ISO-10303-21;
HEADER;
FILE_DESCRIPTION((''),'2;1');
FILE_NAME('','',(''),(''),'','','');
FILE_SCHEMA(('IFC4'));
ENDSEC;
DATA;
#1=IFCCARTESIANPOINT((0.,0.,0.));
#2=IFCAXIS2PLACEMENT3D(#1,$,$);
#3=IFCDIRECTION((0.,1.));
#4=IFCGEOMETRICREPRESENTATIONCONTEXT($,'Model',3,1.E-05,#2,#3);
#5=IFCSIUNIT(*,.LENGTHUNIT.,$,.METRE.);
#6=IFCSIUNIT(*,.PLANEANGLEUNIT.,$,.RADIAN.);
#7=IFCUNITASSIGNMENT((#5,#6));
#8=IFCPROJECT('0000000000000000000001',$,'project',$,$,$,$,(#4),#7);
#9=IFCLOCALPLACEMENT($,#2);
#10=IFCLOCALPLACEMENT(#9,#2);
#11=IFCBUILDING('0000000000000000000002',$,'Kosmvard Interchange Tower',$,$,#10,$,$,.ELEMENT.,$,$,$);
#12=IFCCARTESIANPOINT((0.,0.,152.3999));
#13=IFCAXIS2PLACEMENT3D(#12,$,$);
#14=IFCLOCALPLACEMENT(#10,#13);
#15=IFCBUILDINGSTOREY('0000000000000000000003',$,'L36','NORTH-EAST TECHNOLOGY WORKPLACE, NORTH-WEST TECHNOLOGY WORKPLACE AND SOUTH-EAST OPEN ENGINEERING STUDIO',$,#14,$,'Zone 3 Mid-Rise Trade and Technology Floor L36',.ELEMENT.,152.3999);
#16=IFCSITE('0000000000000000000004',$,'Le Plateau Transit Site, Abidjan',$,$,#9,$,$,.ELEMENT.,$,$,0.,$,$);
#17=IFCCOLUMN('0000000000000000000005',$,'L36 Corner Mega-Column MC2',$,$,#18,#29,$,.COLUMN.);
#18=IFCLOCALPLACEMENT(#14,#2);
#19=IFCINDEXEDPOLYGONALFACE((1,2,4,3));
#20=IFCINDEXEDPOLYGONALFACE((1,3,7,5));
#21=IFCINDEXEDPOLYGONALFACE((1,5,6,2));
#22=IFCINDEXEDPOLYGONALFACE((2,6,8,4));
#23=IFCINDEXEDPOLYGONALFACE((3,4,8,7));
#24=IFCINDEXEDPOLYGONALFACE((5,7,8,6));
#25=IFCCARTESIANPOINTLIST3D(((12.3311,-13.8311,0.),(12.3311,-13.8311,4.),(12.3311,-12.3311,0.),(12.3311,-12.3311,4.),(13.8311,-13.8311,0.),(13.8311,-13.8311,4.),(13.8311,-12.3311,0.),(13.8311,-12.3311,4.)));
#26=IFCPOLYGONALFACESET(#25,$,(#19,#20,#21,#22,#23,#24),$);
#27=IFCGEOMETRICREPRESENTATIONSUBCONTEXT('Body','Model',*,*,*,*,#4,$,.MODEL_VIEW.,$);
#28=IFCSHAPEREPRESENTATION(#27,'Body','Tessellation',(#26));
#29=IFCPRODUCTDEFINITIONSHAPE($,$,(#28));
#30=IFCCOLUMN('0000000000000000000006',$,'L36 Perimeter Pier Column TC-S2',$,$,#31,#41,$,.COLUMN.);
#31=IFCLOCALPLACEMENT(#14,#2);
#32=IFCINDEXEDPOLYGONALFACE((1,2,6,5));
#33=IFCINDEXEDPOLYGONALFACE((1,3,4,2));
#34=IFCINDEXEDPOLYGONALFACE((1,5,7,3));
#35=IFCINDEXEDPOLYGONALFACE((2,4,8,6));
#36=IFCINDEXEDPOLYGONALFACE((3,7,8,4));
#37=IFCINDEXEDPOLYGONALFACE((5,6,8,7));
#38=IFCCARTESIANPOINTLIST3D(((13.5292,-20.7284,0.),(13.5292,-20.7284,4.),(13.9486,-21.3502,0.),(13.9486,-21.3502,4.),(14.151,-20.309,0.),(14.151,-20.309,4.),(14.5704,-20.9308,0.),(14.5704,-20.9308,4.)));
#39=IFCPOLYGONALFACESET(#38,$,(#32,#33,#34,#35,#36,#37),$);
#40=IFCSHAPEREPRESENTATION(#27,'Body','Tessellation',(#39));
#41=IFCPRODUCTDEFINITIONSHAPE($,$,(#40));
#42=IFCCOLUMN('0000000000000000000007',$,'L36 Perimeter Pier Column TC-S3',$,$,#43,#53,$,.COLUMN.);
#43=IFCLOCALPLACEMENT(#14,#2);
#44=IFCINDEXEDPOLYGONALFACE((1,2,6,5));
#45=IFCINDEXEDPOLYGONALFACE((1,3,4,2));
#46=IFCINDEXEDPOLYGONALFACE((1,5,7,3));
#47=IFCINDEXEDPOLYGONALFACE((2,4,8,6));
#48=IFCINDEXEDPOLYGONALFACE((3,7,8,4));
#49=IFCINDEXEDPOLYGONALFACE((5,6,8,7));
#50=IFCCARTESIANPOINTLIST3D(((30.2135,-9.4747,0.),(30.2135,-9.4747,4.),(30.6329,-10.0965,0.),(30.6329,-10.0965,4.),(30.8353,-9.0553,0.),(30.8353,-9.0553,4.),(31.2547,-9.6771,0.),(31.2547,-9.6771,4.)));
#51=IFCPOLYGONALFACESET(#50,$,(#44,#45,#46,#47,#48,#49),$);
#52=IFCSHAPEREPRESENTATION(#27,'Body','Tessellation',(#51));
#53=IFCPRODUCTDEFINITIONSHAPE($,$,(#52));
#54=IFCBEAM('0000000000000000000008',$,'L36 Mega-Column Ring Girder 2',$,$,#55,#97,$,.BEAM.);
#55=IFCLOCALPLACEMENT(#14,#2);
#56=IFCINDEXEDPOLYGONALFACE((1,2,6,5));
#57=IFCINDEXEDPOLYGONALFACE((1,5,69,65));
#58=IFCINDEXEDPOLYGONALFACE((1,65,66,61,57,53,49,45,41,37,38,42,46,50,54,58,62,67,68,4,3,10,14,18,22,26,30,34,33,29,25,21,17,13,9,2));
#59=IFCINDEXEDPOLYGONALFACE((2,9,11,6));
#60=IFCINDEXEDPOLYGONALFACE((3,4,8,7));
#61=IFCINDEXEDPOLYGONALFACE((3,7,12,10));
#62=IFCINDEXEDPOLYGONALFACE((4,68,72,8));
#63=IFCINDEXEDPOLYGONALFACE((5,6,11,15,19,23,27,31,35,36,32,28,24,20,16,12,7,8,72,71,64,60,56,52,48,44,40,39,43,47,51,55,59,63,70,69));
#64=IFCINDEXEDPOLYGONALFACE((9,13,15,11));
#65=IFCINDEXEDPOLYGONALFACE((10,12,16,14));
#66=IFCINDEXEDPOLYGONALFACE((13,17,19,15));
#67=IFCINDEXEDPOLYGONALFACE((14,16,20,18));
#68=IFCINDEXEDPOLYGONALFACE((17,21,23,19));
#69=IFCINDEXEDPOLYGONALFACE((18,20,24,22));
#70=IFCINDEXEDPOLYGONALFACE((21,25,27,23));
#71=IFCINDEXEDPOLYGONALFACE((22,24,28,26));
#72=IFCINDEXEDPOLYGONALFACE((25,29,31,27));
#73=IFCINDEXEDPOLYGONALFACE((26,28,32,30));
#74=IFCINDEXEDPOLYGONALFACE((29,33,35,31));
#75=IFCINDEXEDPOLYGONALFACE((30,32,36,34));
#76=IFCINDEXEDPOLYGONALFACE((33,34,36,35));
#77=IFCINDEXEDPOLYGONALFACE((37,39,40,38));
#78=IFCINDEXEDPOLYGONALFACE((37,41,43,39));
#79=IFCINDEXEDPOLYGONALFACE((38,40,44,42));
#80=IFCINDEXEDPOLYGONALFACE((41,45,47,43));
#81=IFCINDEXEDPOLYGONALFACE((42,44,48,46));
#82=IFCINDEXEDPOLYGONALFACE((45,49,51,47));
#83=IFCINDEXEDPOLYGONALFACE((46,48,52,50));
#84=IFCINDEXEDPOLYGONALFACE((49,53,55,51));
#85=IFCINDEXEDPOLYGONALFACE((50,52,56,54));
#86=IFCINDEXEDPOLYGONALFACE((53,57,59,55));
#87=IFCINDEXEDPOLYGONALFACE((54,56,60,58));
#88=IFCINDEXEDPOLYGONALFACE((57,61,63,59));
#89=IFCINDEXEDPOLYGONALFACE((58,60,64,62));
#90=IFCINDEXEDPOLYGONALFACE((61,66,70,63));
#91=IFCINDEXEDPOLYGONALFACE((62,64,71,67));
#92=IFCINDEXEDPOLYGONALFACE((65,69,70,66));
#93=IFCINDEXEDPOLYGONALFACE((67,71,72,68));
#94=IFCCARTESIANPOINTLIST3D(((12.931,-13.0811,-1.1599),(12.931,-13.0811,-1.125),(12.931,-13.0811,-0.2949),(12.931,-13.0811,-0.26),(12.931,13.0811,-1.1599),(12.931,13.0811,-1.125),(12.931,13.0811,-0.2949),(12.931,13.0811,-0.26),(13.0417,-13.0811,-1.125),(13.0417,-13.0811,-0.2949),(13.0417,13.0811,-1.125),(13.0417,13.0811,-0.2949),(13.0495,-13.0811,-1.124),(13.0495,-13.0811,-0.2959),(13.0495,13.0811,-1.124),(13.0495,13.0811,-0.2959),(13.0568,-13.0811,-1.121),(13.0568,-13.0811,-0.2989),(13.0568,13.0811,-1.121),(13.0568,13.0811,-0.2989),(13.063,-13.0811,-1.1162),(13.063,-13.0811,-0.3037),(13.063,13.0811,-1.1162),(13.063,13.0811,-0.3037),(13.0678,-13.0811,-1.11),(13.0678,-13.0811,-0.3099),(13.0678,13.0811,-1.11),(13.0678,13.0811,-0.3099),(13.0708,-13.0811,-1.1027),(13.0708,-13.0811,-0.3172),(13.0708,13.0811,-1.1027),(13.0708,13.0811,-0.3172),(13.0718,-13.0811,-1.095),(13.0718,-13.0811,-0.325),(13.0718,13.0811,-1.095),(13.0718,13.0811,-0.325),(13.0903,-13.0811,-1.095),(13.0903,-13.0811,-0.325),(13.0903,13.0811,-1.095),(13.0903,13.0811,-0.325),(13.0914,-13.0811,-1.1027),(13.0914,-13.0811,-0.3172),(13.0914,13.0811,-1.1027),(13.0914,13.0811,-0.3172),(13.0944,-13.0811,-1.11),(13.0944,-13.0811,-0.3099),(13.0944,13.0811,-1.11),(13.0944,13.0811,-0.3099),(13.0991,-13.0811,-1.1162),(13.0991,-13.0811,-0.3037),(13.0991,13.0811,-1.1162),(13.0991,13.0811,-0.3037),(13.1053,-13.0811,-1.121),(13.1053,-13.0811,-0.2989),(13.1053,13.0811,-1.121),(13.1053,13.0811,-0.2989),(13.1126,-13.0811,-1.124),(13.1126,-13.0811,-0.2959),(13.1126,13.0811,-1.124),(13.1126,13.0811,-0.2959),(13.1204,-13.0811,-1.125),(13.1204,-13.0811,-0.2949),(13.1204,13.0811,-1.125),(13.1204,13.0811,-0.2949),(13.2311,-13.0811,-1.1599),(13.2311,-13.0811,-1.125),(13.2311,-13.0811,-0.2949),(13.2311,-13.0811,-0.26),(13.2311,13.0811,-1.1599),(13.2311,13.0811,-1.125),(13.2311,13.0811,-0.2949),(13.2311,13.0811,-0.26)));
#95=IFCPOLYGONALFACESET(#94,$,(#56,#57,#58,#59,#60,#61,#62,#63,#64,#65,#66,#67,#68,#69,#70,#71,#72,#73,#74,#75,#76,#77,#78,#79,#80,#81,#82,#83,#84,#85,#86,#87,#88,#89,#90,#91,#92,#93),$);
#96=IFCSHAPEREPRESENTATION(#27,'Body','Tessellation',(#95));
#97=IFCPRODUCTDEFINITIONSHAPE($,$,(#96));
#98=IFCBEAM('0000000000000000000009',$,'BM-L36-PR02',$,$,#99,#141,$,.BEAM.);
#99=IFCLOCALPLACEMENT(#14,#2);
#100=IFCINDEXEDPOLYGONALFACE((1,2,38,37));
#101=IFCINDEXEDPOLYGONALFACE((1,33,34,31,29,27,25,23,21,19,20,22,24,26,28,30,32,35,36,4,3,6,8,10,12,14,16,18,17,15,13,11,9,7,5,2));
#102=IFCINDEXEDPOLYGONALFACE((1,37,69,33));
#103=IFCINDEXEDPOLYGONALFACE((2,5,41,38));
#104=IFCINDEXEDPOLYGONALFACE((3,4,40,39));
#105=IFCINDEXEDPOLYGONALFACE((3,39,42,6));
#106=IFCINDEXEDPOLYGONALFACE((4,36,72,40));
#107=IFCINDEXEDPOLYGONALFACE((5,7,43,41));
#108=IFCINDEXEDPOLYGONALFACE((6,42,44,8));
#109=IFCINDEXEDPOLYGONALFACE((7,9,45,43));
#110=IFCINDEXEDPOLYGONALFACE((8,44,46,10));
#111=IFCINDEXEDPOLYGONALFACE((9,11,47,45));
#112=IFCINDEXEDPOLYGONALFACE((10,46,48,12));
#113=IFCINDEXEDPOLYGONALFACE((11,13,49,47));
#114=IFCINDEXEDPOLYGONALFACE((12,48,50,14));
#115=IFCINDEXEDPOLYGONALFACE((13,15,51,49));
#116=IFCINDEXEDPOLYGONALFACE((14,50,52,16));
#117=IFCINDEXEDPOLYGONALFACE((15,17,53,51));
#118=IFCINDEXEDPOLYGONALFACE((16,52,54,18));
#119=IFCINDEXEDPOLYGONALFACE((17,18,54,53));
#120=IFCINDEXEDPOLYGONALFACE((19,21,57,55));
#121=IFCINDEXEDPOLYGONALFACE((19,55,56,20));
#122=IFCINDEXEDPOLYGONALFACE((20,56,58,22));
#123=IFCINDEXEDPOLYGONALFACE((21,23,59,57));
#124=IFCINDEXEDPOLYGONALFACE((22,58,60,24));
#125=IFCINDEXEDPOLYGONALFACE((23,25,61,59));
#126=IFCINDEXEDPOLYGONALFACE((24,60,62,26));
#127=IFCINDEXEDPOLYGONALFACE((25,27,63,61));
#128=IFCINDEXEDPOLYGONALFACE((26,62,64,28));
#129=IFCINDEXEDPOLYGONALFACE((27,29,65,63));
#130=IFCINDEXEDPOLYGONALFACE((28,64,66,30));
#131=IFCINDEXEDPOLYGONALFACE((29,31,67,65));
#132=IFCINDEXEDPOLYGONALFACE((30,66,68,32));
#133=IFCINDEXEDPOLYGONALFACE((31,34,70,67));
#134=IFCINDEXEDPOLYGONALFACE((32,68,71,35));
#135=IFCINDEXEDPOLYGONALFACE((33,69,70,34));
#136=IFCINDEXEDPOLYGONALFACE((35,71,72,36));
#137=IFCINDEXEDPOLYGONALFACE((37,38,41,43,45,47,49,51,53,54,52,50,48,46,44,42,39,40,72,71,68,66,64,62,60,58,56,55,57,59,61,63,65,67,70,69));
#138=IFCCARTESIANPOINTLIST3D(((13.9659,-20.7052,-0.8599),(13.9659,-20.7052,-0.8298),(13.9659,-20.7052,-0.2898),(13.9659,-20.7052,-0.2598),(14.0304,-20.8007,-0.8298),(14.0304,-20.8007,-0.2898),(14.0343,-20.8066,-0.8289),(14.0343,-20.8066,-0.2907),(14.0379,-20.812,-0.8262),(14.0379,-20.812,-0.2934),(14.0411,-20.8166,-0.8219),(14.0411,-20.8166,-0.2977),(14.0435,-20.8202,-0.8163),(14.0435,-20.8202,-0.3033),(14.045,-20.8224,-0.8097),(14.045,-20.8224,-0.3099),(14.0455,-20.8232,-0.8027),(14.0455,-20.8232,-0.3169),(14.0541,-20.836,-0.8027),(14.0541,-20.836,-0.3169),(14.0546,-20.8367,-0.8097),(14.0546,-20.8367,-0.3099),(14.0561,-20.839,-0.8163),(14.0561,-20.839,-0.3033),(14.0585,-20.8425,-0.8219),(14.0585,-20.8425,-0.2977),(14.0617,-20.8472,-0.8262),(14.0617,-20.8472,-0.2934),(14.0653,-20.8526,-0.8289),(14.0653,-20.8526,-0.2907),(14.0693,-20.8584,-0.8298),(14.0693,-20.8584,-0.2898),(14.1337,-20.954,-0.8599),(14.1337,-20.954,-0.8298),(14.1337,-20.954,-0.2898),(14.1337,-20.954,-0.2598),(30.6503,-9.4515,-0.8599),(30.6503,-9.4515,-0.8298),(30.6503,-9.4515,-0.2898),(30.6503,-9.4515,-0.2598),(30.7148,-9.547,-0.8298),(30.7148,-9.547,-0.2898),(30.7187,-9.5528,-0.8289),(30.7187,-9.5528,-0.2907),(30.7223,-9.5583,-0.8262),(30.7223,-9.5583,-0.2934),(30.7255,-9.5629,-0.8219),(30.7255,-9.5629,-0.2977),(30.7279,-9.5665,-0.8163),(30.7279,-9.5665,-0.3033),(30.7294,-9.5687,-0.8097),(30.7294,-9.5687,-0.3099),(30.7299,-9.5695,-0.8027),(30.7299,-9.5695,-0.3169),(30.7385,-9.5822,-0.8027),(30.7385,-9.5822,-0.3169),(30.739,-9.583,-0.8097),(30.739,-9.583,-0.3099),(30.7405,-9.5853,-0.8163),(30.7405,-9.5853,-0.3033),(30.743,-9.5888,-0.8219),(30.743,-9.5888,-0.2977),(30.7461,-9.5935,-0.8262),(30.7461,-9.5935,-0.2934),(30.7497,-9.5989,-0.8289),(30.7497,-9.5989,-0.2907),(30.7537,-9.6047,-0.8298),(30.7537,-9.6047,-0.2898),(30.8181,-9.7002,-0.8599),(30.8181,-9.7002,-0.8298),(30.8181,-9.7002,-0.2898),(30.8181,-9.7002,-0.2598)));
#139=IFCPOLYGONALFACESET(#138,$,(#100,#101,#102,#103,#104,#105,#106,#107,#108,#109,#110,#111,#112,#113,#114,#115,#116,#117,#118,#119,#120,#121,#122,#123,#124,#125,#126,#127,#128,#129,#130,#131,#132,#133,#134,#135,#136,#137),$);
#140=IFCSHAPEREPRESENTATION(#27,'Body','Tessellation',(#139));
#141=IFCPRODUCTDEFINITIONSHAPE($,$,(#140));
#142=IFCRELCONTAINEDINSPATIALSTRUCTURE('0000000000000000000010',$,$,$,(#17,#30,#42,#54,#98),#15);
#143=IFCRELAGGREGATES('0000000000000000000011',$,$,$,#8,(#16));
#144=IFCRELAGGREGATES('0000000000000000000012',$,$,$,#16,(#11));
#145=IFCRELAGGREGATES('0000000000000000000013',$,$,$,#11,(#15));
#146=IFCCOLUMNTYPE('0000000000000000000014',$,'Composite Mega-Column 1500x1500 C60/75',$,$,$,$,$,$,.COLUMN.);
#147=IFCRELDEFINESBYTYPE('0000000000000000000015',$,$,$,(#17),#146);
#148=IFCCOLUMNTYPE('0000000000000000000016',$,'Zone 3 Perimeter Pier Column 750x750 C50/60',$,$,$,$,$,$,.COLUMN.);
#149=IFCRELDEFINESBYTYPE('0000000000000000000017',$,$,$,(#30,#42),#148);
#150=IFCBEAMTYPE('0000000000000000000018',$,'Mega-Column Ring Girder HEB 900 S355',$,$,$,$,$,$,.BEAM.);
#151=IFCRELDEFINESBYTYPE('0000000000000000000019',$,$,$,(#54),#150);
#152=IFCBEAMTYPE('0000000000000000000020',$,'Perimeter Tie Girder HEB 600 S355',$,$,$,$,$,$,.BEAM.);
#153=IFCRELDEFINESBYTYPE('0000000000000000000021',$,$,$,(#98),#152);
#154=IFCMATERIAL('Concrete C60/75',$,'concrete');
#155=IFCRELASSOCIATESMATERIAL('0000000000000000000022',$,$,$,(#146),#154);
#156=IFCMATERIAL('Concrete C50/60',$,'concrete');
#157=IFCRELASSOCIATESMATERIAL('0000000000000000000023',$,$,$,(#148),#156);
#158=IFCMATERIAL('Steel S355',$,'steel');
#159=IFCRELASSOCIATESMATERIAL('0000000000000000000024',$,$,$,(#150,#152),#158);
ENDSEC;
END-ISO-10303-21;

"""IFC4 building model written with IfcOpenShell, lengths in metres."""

from ifc_helpers import new_model, si_unit, direction, frame, origin, origin_2d, place, context, subcontext, project, spatial, rectangle, i_section, extrude, source, transform, mapped, material, material_profile, profile_set, type_object, element, save


model = new_model("IFC4")

# Units and contexts
model_context = context("Model", 3, precision=1e-05, world=origin(), true_north=direction((0.0, 1.0)))
body_context = subcontext(model_context, "Body", "Model", "MODEL_VIEW")
ifc_project = project(units=[si_unit("LENGTHUNIT", "METRE"), si_unit("PLANEANGLEUNIT", "RADIAN")], contexts=[model_context])

# Site, building, storey
site_placement = place(None, origin())
site = spatial("IfcSite", under=ifc_project, at=site_placement, Name="Le Plateau Transit Site, Abidjan", CompositionType="ELEMENT", RefElevation=0.0)
building_placement = place(site_placement, origin())
building = spatial("IfcBuilding", under=site, at=building_placement, Name="Kosmvard Interchange Tower", CompositionType="ELEMENT")
storey_placement = place(building_placement, frame((0.0, 0.0, 152.3999)))
storey = spatial("IfcBuildingStorey", under=building, at=storey_placement, Name="L36", Description="NORTH-EAST TECHNOLOGY WORKPLACE, NORTH-WEST TECHNOLOGY WORKPLACE AND SOUTH-EAST OPEN ENGINEERING STUDIO", LongName="Zone 3 Mid-Rise Trade and Technology Floor L36", CompositionType="ELEMENT", Elevation=152.3999)

# Columns
ifc_material_1 = material(Name="Concrete C60/75", Category="concrete")
ifc_material_profile_1 = material_profile(ifc_material_1, rectangle(XDim=1.5, YDim=1.5, at=origin_2d()), Name="MC 1500x1500")
ifc_profile_set_1 = profile_set([ifc_material_profile_1], Name="Concrete C60/75")
column_type_1 = type_object("IfcColumnType", Name="Composite Mega-Column 1500x1500 C60/75", PredefinedType="COLUMN", material=ifc_profile_set_1)
shared_shape_1 = source(origin(), body_context, "Body", "SweptSolid", [
    extrude(rectangle(XDim=1.5, YDim=1.5, at=origin_2d()), origin(), (0.0, 0.0, 1.0), 4.0),
])
column_placement = place(storey_placement, frame((13.0811, -13.0811, 0.0), z_axis=(0.0, 0.0, 1.0), x_axis=(1.0, 0.0, 0.0)))
element("IfcColumn", 1, at=column_placement, inside=storey, type_object=column_type_1, Name="L36 Corner Mega-Column MC2", PredefinedType="COLUMN", context=body_context, shape_type="MappedRepresentation", body=[
    mapped(shared_shape_1, transform((0.0, 0.0, 0.0), scale=1.0)),
])
ifc_material_2 = material(Name="Concrete C50/60", Category="concrete")
ifc_material_profile_2 = material_profile(ifc_material_2, rectangle(XDim=0.75, YDim=0.75, at=origin_2d()), Name="TC 750x750")
ifc_profile_set_2 = profile_set([ifc_material_profile_2], Name="Concrete C50/60")
column_type_2 = type_object("IfcColumnType", Name="Zone 3 Perimeter Pier Column 750x750 C50/60", PredefinedType="COLUMN", material=ifc_profile_set_2)
shared_shape_2 = source(origin(), body_context, "Body", "SweptSolid", [
    extrude(rectangle(XDim=0.75, YDim=0.75, at=origin_2d()), origin(), (0.0, 0.0, 1.0), 4.0),
])
for number, where, z_axis, x_axis, name in (
    (2, (14.0498, -20.8296, 0.0), (0.0, 0.0, 1.0), (0.829038, 0.559193, 0.0), "L36 Perimeter Pier Column TC-S2"),
    (3, (30.7341, -9.5759, 0.0), (0.0, 0.0, 1.0), (0.829038, 0.559193, 0.0), "L36 Perimeter Pier Column TC-S3"),
):
    element("IfcColumn", number, at=place(storey_placement, frame(where, z_axis=z_axis, x_axis=x_axis)), inside=storey, type_object=column_type_2, Name=name, PredefinedType="COLUMN", context=body_context, shape_type="MappedRepresentation", body=[
        mapped(shared_shape_2, transform((0.0, 0.0, 0.0), scale=1.0)),
    ])

# Beams
ifc_material_3 = material(Name="Steel S355", Category="steel")
ifc_material_profile_3 = material_profile(ifc_material_3, i_section(OverallWidth=0.3, OverallDepth=0.8999, WebThickness=0.0186, FlangeThickness=0.0349, FilletRadius=0.03, at=origin_2d()), Name="HEB 900")
ifc_profile_set_3 = profile_set([ifc_material_profile_3], Name="Steel S355")
beam_type_1 = type_object("IfcBeamType", Name="Mega-Column Ring Girder HEB 900 S355", PredefinedType="BEAM", material=ifc_profile_set_3)
shared_shape_3 = source(origin(), body_context, "Body", "SweptSolid", [
    extrude(i_section(OverallWidth=0.3, OverallDepth=0.8999, WebThickness=0.0186, FlangeThickness=0.0349, FilletRadius=0.03, at=origin_2d()), origin(), (0.0, 0.0, 1.0), 26.1621),
])
beam_1_placement = place(storey_placement, frame((13.0811, -13.0811, -0.71), z_axis=(0.0, 1.0, 0.0), x_axis=(-1.0, 0.0, 0.0)))
element("IfcBeam", 4, at=beam_1_placement, inside=storey, type_object=beam_type_1, Name="L36 Mega-Column Ring Girder 2", PredefinedType="BEAM", context=body_context, shape_type="MappedRepresentation", body=[
    mapped(shared_shape_3, transform((0.0, 0.0, 0.0), scale=1.0)),
])
ifc_material_profile_4 = material_profile(ifc_material_3, i_section(OverallWidth=0.3, OverallDepth=0.6001, WebThickness=0.0154, FlangeThickness=0.03, FilletRadius=0.0271, at=origin_2d()), Name="HEB 600")
ifc_profile_set_4 = profile_set([ifc_material_profile_4], Name="Steel S355")
beam_type_2 = type_object("IfcBeamType", Name="Perimeter Tie Girder HEB 600 S355", PredefinedType="BEAM", material=ifc_profile_set_4)
shared_shape_4 = source(origin(), body_context, "Body", "SweptSolid", [
    extrude(i_section(OverallWidth=0.3, OverallDepth=0.6001, WebThickness=0.0154, FlangeThickness=0.03, FilletRadius=0.0271, at=origin_2d()), origin(), (0.0, 0.0, 1.0), 20.125),
])
beam_2_placement = place(storey_placement, frame((14.0498, -20.8296, -0.5598), z_axis=(0.829039, 0.559191, 0.0), x_axis=(-0.559191, 0.829039, 0.0)))
element("IfcBeam", 5, at=beam_2_placement, inside=storey, type_object=beam_type_2, Name="BM-L36-PR02", PredefinedType="BEAM", context=body_context, shape_type="MappedRepresentation", body=[
    mapped(shared_shape_4, transform((0.0, 0.0, 0.0), scale=1.0)),
])

save(model, "model.ifc")
